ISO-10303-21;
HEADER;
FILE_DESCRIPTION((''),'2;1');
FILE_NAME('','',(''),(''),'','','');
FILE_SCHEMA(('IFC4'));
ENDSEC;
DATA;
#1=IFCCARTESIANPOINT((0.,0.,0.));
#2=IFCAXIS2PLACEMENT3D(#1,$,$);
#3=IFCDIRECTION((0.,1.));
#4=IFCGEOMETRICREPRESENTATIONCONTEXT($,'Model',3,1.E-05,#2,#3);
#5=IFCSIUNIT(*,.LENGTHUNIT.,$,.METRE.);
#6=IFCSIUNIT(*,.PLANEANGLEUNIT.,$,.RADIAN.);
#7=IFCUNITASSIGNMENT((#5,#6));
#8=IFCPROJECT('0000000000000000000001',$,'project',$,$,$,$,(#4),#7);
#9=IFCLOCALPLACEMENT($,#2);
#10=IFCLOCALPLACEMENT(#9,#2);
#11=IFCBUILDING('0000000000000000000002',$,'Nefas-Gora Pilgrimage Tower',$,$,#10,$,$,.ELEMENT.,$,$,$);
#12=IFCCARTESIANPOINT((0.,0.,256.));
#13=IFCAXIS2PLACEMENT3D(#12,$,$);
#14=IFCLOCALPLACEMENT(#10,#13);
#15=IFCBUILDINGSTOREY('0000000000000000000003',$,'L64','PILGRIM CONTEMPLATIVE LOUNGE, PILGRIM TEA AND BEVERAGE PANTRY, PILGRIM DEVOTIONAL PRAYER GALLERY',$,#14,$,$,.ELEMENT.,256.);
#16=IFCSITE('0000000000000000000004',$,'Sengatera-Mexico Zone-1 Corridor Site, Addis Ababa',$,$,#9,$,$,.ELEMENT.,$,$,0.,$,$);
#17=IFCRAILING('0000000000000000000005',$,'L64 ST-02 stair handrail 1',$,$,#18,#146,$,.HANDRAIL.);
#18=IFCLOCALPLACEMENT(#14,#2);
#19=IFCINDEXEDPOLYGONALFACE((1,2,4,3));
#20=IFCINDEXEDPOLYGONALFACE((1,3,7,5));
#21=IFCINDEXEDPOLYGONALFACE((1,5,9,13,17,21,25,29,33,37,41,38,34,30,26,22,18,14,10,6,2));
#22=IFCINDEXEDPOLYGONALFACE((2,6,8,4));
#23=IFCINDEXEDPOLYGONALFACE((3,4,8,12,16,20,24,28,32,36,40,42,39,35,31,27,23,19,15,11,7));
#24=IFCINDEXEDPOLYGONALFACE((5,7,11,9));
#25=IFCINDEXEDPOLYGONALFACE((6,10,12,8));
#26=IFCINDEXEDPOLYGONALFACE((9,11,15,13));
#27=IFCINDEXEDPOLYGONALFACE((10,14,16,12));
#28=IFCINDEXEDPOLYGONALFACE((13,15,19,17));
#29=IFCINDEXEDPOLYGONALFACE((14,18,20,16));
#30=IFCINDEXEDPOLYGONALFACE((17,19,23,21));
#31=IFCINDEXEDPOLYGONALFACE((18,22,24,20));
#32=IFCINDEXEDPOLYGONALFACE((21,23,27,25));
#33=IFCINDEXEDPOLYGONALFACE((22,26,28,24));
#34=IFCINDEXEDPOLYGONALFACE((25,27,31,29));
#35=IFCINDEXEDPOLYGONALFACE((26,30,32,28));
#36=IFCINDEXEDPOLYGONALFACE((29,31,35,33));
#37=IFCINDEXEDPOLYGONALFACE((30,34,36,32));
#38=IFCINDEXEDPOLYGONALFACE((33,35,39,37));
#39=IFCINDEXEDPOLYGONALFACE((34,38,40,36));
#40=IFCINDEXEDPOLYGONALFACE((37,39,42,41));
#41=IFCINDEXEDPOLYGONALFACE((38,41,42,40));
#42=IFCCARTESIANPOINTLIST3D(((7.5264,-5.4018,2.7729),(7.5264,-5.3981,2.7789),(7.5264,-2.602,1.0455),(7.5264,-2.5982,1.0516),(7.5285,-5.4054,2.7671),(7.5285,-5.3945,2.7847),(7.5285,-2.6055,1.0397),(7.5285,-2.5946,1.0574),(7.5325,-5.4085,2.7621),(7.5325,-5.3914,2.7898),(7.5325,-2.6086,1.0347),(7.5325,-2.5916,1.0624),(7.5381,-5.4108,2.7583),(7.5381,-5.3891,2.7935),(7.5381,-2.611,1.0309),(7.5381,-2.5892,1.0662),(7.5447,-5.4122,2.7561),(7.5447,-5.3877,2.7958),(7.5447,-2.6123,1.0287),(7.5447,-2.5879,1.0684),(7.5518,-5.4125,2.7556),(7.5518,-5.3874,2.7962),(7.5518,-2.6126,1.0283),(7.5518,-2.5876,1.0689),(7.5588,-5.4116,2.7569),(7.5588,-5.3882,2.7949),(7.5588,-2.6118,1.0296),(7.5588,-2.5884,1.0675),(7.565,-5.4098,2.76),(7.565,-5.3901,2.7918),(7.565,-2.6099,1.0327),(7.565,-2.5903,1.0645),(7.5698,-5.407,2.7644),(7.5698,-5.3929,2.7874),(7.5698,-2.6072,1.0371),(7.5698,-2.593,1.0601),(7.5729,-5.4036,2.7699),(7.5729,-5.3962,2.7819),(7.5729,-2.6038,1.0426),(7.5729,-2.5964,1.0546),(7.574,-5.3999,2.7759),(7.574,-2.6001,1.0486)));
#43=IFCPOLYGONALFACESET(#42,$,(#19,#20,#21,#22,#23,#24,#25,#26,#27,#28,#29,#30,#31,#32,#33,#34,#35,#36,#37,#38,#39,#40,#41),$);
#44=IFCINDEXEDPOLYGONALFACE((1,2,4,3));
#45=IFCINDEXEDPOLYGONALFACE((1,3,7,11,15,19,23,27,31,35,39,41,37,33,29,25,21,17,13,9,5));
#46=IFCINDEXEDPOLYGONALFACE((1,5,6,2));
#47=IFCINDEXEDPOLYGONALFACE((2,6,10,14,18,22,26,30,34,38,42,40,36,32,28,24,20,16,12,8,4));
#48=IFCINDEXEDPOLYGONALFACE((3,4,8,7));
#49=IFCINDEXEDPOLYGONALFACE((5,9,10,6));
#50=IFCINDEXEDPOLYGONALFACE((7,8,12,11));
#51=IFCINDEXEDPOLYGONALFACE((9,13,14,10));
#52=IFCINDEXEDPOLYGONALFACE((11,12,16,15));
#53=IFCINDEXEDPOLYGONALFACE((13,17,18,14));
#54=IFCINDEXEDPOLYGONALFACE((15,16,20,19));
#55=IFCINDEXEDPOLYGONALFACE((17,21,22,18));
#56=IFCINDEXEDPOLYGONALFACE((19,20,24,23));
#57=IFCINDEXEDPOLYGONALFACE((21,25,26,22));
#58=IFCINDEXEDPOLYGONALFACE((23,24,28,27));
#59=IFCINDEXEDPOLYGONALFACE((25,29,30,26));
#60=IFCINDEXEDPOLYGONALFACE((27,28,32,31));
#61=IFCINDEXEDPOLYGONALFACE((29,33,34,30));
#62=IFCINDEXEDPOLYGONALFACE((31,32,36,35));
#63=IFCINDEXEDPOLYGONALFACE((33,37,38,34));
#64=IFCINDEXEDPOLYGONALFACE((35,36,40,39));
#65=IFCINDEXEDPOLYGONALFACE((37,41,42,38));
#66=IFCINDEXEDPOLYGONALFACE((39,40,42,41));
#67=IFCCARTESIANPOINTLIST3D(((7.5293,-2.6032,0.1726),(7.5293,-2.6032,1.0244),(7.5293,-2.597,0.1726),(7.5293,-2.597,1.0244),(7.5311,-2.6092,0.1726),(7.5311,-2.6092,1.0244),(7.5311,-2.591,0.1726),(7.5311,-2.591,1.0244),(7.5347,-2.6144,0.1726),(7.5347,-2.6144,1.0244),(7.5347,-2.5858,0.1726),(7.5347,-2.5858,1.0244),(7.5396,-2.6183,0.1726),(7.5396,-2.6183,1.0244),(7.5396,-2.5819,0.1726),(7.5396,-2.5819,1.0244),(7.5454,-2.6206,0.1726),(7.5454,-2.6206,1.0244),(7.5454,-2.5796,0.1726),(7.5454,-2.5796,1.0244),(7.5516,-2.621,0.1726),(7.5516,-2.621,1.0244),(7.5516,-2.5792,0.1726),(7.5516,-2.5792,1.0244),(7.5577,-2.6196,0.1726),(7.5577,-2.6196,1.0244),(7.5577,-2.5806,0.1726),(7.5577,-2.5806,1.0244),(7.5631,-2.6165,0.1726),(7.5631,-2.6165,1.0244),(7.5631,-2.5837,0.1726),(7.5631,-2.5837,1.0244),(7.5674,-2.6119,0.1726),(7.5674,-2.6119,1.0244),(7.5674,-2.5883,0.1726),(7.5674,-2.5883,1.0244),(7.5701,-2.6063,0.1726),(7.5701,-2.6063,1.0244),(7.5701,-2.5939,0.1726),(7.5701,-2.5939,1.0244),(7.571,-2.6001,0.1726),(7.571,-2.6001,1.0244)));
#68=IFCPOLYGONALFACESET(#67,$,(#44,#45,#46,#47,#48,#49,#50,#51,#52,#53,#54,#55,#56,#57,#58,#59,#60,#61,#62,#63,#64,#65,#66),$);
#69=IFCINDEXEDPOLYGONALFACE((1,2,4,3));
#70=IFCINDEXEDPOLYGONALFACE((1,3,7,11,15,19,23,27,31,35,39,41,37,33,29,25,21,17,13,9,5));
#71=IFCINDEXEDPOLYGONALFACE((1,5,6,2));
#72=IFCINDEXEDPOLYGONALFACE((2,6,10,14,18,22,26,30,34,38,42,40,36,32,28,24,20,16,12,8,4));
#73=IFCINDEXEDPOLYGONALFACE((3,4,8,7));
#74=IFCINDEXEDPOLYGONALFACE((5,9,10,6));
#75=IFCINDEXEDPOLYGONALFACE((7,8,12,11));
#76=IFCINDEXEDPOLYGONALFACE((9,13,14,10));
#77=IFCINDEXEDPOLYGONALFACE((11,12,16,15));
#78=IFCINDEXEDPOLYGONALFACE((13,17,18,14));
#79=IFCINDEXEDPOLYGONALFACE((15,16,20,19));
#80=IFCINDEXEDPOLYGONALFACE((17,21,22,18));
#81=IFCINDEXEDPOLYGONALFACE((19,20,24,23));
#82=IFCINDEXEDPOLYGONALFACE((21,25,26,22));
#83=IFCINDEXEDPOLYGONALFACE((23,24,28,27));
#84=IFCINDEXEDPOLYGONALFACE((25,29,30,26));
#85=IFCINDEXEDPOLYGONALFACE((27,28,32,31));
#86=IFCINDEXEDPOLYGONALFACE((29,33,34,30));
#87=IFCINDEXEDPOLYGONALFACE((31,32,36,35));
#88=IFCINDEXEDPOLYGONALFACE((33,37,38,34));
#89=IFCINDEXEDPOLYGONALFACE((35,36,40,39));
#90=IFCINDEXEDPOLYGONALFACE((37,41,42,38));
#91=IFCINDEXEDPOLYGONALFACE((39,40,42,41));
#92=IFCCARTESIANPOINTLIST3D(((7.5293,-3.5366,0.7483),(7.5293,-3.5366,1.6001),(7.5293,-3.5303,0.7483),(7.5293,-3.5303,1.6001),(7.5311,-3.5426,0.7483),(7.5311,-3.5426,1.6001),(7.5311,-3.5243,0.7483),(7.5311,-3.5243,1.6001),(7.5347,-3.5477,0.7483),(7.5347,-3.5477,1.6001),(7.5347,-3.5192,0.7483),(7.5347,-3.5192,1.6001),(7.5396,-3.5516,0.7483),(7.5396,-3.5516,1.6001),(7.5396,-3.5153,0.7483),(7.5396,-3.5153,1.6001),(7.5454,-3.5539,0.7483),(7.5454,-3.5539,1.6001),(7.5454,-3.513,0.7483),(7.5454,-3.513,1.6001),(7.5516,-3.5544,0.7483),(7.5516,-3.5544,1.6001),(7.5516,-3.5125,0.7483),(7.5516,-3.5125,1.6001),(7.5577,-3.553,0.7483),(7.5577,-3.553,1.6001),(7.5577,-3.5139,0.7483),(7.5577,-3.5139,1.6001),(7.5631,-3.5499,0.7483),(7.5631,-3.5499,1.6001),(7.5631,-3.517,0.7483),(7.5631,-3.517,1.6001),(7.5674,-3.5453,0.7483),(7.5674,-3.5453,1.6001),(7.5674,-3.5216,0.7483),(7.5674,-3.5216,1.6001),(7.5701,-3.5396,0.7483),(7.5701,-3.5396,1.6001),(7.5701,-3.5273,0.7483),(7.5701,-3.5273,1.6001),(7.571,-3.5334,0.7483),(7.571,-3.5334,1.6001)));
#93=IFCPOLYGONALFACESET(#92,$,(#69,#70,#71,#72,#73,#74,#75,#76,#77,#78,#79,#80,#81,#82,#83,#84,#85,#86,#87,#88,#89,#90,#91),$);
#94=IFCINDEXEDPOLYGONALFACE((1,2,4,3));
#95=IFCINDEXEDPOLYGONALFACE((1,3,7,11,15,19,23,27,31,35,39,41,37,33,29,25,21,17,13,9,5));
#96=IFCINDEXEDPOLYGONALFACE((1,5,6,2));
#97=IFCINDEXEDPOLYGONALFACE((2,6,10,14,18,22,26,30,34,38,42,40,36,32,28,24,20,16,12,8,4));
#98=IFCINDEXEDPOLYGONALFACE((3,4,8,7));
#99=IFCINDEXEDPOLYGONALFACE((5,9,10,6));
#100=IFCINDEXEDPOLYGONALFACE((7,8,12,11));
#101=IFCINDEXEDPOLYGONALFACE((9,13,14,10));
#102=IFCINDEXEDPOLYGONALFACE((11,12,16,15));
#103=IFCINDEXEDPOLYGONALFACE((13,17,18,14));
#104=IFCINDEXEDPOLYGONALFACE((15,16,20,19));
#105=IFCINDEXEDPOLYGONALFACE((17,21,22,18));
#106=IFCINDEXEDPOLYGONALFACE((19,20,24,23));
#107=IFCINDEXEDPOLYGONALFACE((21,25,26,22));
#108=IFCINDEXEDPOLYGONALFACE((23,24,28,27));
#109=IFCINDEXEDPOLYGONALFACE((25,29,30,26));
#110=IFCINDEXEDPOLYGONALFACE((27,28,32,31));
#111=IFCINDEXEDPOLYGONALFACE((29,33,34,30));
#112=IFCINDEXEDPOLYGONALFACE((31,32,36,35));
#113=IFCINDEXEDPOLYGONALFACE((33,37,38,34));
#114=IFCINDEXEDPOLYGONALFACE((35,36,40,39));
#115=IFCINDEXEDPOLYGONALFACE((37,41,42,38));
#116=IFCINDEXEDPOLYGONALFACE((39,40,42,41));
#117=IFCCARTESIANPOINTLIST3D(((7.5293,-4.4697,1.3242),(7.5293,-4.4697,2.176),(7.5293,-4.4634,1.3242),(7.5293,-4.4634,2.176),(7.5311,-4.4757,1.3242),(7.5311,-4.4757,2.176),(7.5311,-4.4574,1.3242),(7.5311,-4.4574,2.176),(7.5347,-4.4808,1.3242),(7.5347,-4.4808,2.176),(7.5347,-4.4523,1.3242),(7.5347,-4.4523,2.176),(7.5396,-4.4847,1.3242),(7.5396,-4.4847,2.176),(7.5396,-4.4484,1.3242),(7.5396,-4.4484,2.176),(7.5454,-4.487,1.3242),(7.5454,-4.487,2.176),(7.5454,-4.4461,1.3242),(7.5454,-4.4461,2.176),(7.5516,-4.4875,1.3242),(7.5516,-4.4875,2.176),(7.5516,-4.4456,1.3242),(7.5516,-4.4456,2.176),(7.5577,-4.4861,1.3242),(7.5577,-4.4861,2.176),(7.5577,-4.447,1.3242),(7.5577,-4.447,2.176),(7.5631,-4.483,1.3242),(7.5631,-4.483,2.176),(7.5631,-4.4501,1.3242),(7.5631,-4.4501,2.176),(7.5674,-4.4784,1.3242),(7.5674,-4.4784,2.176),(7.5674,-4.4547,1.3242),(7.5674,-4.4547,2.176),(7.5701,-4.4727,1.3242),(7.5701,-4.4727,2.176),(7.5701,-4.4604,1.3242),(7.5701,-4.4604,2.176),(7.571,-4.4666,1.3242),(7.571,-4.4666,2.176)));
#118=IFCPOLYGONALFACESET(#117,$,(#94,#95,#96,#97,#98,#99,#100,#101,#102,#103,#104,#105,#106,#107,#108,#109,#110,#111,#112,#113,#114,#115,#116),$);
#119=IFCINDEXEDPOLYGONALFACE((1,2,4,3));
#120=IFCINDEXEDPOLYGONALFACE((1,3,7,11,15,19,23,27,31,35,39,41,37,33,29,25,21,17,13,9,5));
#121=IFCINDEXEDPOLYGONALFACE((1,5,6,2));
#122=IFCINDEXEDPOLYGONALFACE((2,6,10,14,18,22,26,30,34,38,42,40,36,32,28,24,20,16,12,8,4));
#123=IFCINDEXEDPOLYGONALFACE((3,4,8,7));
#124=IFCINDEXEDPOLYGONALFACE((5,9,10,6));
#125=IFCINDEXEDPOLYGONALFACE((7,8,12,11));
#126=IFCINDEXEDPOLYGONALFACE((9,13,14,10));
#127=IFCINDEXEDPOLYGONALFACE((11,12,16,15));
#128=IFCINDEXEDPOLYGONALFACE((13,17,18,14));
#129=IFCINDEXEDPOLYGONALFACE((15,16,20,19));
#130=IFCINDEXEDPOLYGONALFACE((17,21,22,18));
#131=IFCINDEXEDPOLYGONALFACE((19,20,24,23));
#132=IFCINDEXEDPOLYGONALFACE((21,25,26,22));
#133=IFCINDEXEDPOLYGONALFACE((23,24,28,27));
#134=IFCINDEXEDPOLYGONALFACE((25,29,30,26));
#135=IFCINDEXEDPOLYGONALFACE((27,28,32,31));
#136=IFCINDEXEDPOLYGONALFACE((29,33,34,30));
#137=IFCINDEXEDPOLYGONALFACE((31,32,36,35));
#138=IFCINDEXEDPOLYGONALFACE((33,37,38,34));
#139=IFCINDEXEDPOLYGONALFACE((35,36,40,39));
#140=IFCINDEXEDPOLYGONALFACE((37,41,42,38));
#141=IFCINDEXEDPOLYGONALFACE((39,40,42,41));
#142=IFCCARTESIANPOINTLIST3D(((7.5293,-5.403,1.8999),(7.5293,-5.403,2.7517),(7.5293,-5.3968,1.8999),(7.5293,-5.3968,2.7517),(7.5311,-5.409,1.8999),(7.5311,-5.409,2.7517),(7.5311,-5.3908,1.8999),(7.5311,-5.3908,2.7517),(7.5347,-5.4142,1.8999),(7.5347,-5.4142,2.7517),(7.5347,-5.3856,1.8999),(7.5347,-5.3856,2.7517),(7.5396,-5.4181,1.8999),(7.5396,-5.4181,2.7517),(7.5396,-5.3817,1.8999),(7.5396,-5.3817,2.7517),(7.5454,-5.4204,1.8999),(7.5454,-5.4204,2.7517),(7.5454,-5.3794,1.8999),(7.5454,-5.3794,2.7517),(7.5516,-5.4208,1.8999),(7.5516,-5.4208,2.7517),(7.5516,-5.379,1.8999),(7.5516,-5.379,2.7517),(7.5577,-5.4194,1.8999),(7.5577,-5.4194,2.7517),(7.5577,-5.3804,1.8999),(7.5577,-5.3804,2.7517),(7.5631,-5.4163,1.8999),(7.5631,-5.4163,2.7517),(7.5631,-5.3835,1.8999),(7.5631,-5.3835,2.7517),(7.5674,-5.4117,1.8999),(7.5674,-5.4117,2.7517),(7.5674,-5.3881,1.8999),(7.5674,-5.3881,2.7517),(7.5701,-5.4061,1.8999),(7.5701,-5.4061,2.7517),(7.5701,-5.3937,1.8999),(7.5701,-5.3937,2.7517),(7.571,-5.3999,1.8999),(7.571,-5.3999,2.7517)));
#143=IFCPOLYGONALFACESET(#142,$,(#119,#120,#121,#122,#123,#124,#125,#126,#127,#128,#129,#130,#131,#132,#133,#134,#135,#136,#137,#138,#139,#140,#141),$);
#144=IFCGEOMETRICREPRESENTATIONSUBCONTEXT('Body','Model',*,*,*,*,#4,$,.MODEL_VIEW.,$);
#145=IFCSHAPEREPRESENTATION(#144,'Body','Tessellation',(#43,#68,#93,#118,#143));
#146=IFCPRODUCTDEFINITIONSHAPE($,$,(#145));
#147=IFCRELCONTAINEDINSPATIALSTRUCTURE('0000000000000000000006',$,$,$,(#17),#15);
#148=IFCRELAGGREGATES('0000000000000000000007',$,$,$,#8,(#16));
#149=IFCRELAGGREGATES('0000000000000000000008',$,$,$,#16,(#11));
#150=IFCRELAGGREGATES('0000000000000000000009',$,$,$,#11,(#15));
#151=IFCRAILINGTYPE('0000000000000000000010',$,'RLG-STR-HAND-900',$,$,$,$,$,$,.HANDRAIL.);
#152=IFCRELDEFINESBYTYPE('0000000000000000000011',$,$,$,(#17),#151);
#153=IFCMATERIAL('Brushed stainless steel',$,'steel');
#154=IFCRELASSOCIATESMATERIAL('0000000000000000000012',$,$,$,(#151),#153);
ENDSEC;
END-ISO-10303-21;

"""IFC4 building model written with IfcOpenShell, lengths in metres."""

from ifc_helpers import new_model, si_unit, direction, frame, origin, origin_2d, place, context, subcontext, project, spatial, circle, extrude, material, type_object, element, save


model = new_model("IFC4")

# Units and contexts
model_context = context("Model", 3, precision=1e-05, world=origin(), true_north=direction((0.0, 1.0)))
body_context = subcontext(model_context, "Body", "Model", "MODEL_VIEW")
ifc_project = project(units=[si_unit("LENGTHUNIT", "METRE"), si_unit("PLANEANGLEUNIT", "RADIAN")], contexts=[model_context])

# Site, building, storey
site_placement = place(None, origin())
site = spatial("IfcSite", under=ifc_project, at=site_placement, Name="Sengatera-Mexico Zone-1 Corridor Site, Addis Ababa", CompositionType="ELEMENT", RefElevation=0.0)
building_placement = place(site_placement, origin())
building = spatial("IfcBuilding", under=site, at=building_placement, Name="Nefas-Gora Pilgrimage Tower", CompositionType="ELEMENT")
storey_placement = place(building_placement, frame((0.0, 0.0, 256.0)))
storey = spatial("IfcBuildingStorey", under=building, at=storey_placement, Name="L64", Description="PILGRIM CONTEMPLATIVE LOUNGE, PILGRIM TEA AND BEVERAGE PANTRY, PILGRIM DEVOTIONAL PRAYER GALLERY", CompositionType="ELEMENT", Elevation=256.0)

# Railing
ifc_material_1 = material(Name="Brushed stainless steel", Category="steel")
railing_type_1 = type_object("IfcRailingType", Name="RLG-STR-HAND-900", PredefinedType="HANDRAIL", material=ifc_material_1)
railing_1_placement = place(storey_placement, frame((7.55, -2.6001, 0.1726)))
element("IfcRailing", 1, at=railing_1_placement, inside=storey, type_object=railing_type_1, Name="L64 ST-02 stair handrail 1", PredefinedType="HANDRAIL", context=body_context, shape_type="SweptSolid", body=[
    extrude(circle(Radius=0.0239, at=origin_2d()), frame((0.0, 0.0, 0.876), z_axis=(0.0, -0.851069, 0.525054), x_axis=(1.0, 0.0, 0.0)), (0.0, 0.0, 1.0), 3.2898),
    extrude(circle(Radius=0.021, at=origin_2d()), origin(), (0.0, 0.0, 1.0), 0.8518),
    extrude(circle(Radius=0.021, at=origin_2d()), frame((0.0, -0.9333, 0.5757)), (0.0, 0.0, 1.0), 0.8518),
    extrude(circle(Radius=0.021, at=origin_2d()), frame((0.0, -1.8665, 1.1516)), (0.0, 0.0, 1.0), 0.8518),
    extrude(circle(Radius=0.021, at=origin_2d()), frame((0.0, -2.7998, 1.7273)), (0.0, 0.0, 1.0), 0.8518),
])

save(model, "model.ifc")
